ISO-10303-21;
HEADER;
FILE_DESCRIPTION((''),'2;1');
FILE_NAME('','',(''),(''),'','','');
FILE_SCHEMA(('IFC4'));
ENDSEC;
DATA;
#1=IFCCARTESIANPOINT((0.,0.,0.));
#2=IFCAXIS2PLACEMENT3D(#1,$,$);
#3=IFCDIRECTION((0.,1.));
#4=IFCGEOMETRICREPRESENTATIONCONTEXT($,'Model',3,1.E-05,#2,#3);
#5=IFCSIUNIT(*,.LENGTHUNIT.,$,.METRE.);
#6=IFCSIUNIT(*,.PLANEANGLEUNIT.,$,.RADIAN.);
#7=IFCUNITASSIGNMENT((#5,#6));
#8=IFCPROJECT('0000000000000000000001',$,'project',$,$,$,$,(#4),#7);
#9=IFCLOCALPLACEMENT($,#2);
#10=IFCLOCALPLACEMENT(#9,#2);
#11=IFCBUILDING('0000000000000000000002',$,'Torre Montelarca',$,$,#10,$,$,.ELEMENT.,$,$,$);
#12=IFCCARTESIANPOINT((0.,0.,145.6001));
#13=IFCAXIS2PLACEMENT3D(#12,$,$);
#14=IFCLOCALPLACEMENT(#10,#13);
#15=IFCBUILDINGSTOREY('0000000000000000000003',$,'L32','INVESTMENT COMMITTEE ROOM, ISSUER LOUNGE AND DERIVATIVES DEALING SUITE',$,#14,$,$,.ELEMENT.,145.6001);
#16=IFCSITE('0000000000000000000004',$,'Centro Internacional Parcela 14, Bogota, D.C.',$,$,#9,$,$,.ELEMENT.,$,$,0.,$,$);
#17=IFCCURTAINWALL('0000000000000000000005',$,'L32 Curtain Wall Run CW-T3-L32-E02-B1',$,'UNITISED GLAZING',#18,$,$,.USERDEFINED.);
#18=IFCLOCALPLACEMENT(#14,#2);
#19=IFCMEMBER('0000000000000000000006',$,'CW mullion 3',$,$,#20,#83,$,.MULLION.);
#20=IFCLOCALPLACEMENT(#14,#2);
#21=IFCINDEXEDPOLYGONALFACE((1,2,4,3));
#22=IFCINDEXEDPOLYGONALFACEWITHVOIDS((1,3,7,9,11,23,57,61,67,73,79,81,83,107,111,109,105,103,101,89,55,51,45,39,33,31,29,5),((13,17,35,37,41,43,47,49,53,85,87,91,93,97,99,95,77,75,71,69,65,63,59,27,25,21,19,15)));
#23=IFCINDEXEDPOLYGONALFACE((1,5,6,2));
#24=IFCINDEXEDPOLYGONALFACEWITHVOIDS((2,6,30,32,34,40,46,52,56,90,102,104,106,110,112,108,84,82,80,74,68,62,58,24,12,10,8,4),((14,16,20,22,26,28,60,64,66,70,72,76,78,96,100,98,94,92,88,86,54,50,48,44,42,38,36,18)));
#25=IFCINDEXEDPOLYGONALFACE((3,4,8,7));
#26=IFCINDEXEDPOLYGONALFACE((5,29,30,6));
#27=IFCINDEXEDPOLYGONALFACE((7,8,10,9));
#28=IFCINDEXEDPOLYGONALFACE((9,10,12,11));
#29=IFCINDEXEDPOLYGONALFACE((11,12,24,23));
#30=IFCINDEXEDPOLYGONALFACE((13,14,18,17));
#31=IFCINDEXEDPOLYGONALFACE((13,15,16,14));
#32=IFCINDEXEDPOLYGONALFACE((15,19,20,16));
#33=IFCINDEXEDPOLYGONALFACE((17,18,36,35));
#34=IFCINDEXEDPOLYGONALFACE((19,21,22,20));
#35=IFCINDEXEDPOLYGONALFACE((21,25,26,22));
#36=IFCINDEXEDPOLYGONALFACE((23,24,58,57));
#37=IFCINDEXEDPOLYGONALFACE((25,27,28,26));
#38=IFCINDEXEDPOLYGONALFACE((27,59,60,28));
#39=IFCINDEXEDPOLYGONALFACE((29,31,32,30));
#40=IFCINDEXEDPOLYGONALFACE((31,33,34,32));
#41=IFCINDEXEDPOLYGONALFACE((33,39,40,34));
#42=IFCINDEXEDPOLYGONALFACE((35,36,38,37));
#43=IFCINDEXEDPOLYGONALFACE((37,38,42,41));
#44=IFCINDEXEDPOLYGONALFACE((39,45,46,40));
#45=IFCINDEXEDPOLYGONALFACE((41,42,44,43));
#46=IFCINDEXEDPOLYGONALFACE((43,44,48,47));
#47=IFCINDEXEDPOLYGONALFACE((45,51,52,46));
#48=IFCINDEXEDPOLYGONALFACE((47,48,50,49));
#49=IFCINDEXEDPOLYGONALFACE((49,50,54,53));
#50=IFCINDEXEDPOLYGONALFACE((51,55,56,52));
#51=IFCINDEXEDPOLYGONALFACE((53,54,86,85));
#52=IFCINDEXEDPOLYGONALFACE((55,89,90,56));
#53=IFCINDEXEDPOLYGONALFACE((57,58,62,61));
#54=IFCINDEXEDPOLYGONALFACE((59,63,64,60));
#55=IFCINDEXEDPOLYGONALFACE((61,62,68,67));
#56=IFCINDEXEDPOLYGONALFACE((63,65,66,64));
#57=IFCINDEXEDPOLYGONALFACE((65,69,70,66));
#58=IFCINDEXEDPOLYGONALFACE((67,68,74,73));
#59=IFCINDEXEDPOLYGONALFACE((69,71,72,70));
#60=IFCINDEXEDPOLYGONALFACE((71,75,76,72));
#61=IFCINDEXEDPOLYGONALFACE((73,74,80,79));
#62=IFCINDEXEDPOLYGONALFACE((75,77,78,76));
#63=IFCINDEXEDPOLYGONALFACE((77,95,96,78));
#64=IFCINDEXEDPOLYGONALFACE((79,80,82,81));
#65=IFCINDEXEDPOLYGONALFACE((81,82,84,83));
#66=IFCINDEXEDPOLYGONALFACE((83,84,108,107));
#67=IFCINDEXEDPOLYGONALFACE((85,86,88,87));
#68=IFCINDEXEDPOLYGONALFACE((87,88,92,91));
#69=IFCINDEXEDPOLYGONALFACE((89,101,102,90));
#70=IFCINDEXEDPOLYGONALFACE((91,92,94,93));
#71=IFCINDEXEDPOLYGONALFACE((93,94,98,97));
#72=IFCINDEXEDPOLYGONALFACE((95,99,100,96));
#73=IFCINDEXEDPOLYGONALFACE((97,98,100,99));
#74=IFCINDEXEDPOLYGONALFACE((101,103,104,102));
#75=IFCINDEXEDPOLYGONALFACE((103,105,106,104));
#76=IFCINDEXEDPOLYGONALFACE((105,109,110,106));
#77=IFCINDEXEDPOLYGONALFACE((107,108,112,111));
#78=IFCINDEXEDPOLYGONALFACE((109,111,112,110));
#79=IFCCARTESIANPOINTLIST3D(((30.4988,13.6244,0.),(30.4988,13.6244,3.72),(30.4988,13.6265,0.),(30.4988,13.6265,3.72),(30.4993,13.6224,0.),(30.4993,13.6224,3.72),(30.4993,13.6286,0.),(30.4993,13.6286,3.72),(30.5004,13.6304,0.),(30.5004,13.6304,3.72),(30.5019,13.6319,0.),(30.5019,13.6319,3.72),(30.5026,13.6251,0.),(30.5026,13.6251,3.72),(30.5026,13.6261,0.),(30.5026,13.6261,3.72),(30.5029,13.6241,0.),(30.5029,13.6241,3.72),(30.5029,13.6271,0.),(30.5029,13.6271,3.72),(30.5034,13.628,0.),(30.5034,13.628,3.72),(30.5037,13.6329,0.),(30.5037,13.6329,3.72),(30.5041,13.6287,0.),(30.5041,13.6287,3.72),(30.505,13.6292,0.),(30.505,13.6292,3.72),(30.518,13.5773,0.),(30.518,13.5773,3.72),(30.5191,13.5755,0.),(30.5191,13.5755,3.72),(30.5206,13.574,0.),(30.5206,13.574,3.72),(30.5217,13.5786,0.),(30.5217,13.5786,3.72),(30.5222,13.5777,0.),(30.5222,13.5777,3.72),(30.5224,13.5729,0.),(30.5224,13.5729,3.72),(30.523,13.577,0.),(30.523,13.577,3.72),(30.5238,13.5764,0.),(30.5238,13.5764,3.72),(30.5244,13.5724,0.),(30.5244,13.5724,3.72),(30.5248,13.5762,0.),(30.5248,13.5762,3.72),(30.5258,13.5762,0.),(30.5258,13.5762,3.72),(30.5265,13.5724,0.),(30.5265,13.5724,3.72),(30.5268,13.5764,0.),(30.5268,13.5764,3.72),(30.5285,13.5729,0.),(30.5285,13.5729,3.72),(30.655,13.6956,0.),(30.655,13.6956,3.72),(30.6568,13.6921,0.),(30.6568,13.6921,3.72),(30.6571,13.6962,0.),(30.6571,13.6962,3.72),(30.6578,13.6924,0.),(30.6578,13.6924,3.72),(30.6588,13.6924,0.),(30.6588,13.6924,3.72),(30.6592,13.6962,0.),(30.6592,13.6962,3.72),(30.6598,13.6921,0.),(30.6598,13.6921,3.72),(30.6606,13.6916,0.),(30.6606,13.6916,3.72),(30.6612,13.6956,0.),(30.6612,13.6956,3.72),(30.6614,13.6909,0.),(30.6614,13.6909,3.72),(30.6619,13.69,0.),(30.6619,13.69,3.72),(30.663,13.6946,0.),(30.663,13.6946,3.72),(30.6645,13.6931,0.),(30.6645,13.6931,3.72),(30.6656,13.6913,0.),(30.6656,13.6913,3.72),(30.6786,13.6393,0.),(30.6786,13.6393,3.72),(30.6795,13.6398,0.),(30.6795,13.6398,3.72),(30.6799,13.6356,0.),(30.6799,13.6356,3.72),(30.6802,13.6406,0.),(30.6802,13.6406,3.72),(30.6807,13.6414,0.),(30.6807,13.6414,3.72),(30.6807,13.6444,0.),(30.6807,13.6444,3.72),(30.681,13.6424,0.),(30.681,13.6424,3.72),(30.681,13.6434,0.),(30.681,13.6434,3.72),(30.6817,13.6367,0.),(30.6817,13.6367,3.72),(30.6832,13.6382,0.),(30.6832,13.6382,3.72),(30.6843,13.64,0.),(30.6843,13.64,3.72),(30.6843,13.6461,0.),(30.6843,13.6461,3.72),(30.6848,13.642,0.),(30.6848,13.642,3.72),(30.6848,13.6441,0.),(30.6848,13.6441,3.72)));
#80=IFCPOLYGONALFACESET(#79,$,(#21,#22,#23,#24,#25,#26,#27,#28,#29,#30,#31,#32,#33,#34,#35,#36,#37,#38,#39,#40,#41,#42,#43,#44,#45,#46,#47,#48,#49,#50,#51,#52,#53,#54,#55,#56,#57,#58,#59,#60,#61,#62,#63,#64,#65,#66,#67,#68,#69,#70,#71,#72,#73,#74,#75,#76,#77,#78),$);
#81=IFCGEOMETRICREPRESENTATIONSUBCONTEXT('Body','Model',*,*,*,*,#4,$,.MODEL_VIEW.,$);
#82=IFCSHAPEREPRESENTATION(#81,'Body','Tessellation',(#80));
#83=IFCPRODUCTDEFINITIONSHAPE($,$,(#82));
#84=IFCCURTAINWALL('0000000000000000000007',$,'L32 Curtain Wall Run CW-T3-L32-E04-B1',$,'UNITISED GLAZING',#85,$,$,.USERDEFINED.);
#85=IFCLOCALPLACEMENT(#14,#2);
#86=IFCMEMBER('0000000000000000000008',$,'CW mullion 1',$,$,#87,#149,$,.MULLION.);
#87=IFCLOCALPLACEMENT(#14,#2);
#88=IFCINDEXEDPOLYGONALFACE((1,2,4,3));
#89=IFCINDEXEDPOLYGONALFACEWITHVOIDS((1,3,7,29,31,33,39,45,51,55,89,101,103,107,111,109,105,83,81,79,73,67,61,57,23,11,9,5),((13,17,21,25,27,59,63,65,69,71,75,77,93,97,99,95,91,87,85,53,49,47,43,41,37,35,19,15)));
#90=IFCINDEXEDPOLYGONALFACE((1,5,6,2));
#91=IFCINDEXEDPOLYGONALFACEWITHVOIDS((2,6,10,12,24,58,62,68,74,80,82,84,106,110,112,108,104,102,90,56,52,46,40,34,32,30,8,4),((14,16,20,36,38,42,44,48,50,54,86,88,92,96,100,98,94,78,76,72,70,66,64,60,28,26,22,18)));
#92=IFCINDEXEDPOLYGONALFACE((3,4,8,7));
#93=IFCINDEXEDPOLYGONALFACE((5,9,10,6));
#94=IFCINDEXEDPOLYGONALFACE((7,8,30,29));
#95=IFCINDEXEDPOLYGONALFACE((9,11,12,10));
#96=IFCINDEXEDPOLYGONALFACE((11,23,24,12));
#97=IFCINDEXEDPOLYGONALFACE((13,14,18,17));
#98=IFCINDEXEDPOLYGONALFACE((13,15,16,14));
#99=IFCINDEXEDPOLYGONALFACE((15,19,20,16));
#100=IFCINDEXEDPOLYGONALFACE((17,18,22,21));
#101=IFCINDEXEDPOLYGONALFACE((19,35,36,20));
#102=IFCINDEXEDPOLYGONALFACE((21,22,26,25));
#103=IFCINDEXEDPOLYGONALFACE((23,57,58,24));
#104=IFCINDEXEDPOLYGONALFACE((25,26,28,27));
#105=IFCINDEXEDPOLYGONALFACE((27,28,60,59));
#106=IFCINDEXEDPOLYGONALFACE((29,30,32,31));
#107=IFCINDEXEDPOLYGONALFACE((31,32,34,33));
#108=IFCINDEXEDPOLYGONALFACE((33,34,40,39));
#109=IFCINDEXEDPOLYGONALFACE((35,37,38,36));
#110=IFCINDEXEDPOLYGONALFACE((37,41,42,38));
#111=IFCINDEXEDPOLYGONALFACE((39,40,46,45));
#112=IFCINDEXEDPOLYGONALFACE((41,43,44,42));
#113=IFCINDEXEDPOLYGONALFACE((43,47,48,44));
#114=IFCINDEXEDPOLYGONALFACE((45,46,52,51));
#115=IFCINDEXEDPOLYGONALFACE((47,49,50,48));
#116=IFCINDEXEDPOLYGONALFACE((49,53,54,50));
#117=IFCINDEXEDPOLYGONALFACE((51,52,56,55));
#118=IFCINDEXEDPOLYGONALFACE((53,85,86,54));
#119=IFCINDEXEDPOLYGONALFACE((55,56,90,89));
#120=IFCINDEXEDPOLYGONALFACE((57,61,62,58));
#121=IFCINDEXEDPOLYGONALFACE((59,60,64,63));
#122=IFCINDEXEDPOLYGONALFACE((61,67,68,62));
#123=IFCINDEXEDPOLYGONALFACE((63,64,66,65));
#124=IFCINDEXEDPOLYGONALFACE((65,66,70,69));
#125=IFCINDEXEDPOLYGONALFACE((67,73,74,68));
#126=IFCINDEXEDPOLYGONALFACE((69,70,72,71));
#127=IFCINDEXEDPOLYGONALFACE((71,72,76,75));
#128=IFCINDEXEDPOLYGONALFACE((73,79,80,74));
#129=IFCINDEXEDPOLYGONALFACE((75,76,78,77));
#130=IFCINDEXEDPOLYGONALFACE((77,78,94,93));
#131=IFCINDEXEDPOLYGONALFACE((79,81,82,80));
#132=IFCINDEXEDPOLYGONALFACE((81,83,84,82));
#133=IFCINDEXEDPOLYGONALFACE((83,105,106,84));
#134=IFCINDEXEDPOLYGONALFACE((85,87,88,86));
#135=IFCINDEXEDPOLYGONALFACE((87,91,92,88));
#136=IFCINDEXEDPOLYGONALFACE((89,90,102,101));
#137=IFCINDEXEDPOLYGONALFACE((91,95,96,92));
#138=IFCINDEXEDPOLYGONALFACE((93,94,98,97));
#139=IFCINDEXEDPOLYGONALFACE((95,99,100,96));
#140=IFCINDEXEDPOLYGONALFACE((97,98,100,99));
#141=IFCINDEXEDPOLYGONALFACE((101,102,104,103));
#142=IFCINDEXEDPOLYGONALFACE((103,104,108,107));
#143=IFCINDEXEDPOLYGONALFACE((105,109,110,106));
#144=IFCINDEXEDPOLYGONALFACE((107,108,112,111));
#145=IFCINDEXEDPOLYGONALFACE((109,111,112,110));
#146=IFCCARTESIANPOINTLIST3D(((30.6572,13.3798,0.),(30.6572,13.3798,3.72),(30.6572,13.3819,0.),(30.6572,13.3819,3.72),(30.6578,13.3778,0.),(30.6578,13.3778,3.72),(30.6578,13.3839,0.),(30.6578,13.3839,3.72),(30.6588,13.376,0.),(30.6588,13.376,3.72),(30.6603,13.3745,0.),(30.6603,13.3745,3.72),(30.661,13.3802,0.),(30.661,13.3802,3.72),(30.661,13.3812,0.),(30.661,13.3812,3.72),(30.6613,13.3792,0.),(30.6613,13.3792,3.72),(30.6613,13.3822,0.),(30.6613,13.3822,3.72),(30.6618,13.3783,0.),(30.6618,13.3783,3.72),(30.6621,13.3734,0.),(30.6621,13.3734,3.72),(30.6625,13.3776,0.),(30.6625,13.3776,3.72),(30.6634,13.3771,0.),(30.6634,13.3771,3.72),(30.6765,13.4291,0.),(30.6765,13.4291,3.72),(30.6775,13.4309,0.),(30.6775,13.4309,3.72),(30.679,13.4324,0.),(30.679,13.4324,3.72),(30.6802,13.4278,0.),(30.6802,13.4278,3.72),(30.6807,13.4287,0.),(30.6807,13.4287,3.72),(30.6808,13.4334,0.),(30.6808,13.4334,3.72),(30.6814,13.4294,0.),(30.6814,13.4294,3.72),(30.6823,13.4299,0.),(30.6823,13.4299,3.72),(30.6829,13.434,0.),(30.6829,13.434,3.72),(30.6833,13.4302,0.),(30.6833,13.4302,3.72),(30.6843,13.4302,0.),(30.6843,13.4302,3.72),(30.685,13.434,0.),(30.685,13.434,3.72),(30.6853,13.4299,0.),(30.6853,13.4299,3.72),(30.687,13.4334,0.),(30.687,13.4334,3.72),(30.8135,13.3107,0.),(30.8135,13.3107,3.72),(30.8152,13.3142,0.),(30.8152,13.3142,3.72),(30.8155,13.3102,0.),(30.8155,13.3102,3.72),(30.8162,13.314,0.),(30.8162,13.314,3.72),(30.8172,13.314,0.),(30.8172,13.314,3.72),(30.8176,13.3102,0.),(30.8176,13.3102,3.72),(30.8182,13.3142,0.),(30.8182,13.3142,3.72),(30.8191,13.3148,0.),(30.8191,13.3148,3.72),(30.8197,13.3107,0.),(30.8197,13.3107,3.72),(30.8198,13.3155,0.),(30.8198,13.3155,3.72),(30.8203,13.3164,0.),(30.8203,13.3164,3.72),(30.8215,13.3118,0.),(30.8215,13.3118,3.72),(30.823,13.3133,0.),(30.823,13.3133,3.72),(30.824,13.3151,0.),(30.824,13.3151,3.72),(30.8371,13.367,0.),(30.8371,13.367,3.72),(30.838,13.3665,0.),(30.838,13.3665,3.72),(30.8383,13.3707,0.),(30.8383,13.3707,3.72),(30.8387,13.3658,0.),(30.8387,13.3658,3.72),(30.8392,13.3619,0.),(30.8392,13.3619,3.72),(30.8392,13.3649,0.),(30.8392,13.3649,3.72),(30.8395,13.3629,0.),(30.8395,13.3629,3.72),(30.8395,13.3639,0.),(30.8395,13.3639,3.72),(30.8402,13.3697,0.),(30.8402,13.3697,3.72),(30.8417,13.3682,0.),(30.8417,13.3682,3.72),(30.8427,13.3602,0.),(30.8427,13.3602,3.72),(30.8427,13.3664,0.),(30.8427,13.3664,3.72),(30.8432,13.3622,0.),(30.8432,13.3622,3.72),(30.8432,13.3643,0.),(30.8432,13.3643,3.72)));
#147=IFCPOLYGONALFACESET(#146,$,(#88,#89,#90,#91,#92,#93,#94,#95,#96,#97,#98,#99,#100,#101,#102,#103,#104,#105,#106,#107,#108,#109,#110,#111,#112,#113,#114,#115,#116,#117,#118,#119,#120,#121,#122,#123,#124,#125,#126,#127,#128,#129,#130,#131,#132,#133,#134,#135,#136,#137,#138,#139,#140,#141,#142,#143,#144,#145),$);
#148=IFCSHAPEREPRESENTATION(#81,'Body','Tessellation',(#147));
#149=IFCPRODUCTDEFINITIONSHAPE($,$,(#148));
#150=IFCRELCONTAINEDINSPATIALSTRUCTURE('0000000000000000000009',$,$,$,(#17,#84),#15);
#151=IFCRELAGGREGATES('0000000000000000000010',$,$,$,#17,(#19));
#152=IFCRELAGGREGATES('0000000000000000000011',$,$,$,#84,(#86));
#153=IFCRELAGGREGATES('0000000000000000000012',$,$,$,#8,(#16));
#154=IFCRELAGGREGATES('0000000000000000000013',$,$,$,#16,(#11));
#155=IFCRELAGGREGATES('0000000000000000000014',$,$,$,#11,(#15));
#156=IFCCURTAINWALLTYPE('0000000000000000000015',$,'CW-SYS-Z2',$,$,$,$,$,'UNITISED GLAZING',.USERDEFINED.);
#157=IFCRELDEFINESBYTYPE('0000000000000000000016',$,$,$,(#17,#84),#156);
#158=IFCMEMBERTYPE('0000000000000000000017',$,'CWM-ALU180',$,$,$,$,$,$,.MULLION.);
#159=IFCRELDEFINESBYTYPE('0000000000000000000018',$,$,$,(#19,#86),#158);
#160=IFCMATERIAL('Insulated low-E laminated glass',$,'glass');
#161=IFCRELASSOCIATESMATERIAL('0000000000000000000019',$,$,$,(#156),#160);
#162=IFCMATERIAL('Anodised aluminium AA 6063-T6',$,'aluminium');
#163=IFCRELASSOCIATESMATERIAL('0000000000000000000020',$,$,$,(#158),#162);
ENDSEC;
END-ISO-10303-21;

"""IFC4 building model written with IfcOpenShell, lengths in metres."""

from ifc_helpers import new_model, si_unit, direction, frame, origin, origin_2d, place, context, subcontext, project, spatial, hollow_rectangle, extrude, source, transform, mapped, material, material_profile, profile_set, type_object, element, aggregate, save


model = new_model("IFC4")

# Units and contexts
model_context = context("Model", 3, precision=1e-05, world=origin(), true_north=direction((0.0, 1.0)))
body_context = subcontext(model_context, "Body", "Model", "MODEL_VIEW")
ifc_project = project(units=[si_unit("LENGTHUNIT", "METRE"), si_unit("PLANEANGLEUNIT", "RADIAN")], contexts=[model_context])

# Site, building, storey
site_placement = place(None, origin())
site = spatial("IfcSite", under=ifc_project, at=site_placement, Name="Centro Internacional Parcela 14, Bogota, D.C.", CompositionType="ELEMENT", RefElevation=0.0)
building_placement = place(site_placement, origin())
building = spatial("IfcBuilding", under=site, at=building_placement, Name="Torre Montelarca", CompositionType="ELEMENT")
storey_placement = place(building_placement, frame((0.0, 0.0, 145.6001)))
storey = spatial("IfcBuildingStorey", under=building, at=storey_placement, Name="L32", Description="INVESTMENT COMMITTEE ROOM, ISSUER LOUNGE AND DERIVATIVES DEALING SUITE", CompositionType="ELEMENT", Elevation=145.6001)

# Curtain wall
ifc_material_1 = material(Name="Insulated low-E laminated glass", Category="glass")
curtain_wall_type = type_object("IfcCurtainWallType", Name="CW-SYS-Z2", ElementType="UNITISED GLAZING", PredefinedType="USERDEFINED", material=ifc_material_1)
curtain_wall_1_placement = place(storey_placement, origin())
curtain_wall_1 = element("IfcCurtainWall", 1, at=curtain_wall_1_placement, inside=storey, type_object=curtain_wall_type, Name="L32 Curtain Wall Run CW-T3-L32-E02-B1", ObjectType="UNITISED GLAZING", PredefinedType="USERDEFINED")
ifc_material_2 = material(Name="Anodised aluminium AA 6063-T6", Category="aluminium")
ifc_material_profile_1 = material_profile(ifc_material_2, hollow_rectangle(XDim=0.0649, YDim=0.1799, WallThickness=0.0039, InnerFilletRadius=0.0039, OuterFilletRadius=0.0081, at=origin_2d()), Name="ALU65X180X4", Category="aluminium")
ifc_profile_set_1 = profile_set([ifc_material_profile_1], Name="Anodised aluminium AA 6063-T6")
member_type_1 = type_object("IfcMemberType", Name="CWM-ALU180", PredefinedType="MULLION", material=ifc_profile_set_1)
shared_shape_1 = source(origin(), body_context, "Body", "SweptSolid", [
    extrude(hollow_rectangle(XDim=0.0649, YDim=0.1799, WallThickness=0.0039, InnerFilletRadius=0.0039, OuterFilletRadius=0.0081, at=origin_2d()), origin(), (0.0, 0.0, 1.0), 3.72),
])

# Member
member_1_placement = place(storey_placement, frame((30.5918, 13.6343, 0.0), z_axis=(0.0, 0.0, 1.0), x_axis=(-0.38267, 0.923885, 0.0)))
member_1 = element("IfcMember", 2, at=member_1_placement, type_object=member_type_1, Name="CW mullion 3", PredefinedType="MULLION", context=body_context, shape_type="MappedRepresentation", body=[
    mapped(shared_shape_1, transform((0.0, 0.0, 0.0), scale=1.0)),
])

# Curtain wall, member
curtain_wall_2_placement = place(storey_placement, origin())
curtain_wall_2 = element("IfcCurtainWall", 3, at=curtain_wall_2_placement, inside=storey, type_object=curtain_wall_type, Name="L32 Curtain Wall Run CW-T3-L32-E04-B1", ObjectType="UNITISED GLAZING", PredefinedType="USERDEFINED")
member_2_placement = place(storey_placement, frame((30.7502, 13.3721, 0.0), z_axis=(0.0, 0.0, 1.0), x_axis=(0.382671, 0.923885, 0.0)))
member_2 = element("IfcMember", 4, at=member_2_placement, type_object=member_type_1, Name="CW mullion 1", PredefinedType="MULLION", context=body_context, shape_type="MappedRepresentation", body=[
    mapped(shared_shape_1, transform((0.0, 0.0, 0.0), scale=1.0)),
])

aggregate(curtain_wall_1, [member_1])
aggregate(curtain_wall_2, [member_2])

save(model, "model.ifc")
